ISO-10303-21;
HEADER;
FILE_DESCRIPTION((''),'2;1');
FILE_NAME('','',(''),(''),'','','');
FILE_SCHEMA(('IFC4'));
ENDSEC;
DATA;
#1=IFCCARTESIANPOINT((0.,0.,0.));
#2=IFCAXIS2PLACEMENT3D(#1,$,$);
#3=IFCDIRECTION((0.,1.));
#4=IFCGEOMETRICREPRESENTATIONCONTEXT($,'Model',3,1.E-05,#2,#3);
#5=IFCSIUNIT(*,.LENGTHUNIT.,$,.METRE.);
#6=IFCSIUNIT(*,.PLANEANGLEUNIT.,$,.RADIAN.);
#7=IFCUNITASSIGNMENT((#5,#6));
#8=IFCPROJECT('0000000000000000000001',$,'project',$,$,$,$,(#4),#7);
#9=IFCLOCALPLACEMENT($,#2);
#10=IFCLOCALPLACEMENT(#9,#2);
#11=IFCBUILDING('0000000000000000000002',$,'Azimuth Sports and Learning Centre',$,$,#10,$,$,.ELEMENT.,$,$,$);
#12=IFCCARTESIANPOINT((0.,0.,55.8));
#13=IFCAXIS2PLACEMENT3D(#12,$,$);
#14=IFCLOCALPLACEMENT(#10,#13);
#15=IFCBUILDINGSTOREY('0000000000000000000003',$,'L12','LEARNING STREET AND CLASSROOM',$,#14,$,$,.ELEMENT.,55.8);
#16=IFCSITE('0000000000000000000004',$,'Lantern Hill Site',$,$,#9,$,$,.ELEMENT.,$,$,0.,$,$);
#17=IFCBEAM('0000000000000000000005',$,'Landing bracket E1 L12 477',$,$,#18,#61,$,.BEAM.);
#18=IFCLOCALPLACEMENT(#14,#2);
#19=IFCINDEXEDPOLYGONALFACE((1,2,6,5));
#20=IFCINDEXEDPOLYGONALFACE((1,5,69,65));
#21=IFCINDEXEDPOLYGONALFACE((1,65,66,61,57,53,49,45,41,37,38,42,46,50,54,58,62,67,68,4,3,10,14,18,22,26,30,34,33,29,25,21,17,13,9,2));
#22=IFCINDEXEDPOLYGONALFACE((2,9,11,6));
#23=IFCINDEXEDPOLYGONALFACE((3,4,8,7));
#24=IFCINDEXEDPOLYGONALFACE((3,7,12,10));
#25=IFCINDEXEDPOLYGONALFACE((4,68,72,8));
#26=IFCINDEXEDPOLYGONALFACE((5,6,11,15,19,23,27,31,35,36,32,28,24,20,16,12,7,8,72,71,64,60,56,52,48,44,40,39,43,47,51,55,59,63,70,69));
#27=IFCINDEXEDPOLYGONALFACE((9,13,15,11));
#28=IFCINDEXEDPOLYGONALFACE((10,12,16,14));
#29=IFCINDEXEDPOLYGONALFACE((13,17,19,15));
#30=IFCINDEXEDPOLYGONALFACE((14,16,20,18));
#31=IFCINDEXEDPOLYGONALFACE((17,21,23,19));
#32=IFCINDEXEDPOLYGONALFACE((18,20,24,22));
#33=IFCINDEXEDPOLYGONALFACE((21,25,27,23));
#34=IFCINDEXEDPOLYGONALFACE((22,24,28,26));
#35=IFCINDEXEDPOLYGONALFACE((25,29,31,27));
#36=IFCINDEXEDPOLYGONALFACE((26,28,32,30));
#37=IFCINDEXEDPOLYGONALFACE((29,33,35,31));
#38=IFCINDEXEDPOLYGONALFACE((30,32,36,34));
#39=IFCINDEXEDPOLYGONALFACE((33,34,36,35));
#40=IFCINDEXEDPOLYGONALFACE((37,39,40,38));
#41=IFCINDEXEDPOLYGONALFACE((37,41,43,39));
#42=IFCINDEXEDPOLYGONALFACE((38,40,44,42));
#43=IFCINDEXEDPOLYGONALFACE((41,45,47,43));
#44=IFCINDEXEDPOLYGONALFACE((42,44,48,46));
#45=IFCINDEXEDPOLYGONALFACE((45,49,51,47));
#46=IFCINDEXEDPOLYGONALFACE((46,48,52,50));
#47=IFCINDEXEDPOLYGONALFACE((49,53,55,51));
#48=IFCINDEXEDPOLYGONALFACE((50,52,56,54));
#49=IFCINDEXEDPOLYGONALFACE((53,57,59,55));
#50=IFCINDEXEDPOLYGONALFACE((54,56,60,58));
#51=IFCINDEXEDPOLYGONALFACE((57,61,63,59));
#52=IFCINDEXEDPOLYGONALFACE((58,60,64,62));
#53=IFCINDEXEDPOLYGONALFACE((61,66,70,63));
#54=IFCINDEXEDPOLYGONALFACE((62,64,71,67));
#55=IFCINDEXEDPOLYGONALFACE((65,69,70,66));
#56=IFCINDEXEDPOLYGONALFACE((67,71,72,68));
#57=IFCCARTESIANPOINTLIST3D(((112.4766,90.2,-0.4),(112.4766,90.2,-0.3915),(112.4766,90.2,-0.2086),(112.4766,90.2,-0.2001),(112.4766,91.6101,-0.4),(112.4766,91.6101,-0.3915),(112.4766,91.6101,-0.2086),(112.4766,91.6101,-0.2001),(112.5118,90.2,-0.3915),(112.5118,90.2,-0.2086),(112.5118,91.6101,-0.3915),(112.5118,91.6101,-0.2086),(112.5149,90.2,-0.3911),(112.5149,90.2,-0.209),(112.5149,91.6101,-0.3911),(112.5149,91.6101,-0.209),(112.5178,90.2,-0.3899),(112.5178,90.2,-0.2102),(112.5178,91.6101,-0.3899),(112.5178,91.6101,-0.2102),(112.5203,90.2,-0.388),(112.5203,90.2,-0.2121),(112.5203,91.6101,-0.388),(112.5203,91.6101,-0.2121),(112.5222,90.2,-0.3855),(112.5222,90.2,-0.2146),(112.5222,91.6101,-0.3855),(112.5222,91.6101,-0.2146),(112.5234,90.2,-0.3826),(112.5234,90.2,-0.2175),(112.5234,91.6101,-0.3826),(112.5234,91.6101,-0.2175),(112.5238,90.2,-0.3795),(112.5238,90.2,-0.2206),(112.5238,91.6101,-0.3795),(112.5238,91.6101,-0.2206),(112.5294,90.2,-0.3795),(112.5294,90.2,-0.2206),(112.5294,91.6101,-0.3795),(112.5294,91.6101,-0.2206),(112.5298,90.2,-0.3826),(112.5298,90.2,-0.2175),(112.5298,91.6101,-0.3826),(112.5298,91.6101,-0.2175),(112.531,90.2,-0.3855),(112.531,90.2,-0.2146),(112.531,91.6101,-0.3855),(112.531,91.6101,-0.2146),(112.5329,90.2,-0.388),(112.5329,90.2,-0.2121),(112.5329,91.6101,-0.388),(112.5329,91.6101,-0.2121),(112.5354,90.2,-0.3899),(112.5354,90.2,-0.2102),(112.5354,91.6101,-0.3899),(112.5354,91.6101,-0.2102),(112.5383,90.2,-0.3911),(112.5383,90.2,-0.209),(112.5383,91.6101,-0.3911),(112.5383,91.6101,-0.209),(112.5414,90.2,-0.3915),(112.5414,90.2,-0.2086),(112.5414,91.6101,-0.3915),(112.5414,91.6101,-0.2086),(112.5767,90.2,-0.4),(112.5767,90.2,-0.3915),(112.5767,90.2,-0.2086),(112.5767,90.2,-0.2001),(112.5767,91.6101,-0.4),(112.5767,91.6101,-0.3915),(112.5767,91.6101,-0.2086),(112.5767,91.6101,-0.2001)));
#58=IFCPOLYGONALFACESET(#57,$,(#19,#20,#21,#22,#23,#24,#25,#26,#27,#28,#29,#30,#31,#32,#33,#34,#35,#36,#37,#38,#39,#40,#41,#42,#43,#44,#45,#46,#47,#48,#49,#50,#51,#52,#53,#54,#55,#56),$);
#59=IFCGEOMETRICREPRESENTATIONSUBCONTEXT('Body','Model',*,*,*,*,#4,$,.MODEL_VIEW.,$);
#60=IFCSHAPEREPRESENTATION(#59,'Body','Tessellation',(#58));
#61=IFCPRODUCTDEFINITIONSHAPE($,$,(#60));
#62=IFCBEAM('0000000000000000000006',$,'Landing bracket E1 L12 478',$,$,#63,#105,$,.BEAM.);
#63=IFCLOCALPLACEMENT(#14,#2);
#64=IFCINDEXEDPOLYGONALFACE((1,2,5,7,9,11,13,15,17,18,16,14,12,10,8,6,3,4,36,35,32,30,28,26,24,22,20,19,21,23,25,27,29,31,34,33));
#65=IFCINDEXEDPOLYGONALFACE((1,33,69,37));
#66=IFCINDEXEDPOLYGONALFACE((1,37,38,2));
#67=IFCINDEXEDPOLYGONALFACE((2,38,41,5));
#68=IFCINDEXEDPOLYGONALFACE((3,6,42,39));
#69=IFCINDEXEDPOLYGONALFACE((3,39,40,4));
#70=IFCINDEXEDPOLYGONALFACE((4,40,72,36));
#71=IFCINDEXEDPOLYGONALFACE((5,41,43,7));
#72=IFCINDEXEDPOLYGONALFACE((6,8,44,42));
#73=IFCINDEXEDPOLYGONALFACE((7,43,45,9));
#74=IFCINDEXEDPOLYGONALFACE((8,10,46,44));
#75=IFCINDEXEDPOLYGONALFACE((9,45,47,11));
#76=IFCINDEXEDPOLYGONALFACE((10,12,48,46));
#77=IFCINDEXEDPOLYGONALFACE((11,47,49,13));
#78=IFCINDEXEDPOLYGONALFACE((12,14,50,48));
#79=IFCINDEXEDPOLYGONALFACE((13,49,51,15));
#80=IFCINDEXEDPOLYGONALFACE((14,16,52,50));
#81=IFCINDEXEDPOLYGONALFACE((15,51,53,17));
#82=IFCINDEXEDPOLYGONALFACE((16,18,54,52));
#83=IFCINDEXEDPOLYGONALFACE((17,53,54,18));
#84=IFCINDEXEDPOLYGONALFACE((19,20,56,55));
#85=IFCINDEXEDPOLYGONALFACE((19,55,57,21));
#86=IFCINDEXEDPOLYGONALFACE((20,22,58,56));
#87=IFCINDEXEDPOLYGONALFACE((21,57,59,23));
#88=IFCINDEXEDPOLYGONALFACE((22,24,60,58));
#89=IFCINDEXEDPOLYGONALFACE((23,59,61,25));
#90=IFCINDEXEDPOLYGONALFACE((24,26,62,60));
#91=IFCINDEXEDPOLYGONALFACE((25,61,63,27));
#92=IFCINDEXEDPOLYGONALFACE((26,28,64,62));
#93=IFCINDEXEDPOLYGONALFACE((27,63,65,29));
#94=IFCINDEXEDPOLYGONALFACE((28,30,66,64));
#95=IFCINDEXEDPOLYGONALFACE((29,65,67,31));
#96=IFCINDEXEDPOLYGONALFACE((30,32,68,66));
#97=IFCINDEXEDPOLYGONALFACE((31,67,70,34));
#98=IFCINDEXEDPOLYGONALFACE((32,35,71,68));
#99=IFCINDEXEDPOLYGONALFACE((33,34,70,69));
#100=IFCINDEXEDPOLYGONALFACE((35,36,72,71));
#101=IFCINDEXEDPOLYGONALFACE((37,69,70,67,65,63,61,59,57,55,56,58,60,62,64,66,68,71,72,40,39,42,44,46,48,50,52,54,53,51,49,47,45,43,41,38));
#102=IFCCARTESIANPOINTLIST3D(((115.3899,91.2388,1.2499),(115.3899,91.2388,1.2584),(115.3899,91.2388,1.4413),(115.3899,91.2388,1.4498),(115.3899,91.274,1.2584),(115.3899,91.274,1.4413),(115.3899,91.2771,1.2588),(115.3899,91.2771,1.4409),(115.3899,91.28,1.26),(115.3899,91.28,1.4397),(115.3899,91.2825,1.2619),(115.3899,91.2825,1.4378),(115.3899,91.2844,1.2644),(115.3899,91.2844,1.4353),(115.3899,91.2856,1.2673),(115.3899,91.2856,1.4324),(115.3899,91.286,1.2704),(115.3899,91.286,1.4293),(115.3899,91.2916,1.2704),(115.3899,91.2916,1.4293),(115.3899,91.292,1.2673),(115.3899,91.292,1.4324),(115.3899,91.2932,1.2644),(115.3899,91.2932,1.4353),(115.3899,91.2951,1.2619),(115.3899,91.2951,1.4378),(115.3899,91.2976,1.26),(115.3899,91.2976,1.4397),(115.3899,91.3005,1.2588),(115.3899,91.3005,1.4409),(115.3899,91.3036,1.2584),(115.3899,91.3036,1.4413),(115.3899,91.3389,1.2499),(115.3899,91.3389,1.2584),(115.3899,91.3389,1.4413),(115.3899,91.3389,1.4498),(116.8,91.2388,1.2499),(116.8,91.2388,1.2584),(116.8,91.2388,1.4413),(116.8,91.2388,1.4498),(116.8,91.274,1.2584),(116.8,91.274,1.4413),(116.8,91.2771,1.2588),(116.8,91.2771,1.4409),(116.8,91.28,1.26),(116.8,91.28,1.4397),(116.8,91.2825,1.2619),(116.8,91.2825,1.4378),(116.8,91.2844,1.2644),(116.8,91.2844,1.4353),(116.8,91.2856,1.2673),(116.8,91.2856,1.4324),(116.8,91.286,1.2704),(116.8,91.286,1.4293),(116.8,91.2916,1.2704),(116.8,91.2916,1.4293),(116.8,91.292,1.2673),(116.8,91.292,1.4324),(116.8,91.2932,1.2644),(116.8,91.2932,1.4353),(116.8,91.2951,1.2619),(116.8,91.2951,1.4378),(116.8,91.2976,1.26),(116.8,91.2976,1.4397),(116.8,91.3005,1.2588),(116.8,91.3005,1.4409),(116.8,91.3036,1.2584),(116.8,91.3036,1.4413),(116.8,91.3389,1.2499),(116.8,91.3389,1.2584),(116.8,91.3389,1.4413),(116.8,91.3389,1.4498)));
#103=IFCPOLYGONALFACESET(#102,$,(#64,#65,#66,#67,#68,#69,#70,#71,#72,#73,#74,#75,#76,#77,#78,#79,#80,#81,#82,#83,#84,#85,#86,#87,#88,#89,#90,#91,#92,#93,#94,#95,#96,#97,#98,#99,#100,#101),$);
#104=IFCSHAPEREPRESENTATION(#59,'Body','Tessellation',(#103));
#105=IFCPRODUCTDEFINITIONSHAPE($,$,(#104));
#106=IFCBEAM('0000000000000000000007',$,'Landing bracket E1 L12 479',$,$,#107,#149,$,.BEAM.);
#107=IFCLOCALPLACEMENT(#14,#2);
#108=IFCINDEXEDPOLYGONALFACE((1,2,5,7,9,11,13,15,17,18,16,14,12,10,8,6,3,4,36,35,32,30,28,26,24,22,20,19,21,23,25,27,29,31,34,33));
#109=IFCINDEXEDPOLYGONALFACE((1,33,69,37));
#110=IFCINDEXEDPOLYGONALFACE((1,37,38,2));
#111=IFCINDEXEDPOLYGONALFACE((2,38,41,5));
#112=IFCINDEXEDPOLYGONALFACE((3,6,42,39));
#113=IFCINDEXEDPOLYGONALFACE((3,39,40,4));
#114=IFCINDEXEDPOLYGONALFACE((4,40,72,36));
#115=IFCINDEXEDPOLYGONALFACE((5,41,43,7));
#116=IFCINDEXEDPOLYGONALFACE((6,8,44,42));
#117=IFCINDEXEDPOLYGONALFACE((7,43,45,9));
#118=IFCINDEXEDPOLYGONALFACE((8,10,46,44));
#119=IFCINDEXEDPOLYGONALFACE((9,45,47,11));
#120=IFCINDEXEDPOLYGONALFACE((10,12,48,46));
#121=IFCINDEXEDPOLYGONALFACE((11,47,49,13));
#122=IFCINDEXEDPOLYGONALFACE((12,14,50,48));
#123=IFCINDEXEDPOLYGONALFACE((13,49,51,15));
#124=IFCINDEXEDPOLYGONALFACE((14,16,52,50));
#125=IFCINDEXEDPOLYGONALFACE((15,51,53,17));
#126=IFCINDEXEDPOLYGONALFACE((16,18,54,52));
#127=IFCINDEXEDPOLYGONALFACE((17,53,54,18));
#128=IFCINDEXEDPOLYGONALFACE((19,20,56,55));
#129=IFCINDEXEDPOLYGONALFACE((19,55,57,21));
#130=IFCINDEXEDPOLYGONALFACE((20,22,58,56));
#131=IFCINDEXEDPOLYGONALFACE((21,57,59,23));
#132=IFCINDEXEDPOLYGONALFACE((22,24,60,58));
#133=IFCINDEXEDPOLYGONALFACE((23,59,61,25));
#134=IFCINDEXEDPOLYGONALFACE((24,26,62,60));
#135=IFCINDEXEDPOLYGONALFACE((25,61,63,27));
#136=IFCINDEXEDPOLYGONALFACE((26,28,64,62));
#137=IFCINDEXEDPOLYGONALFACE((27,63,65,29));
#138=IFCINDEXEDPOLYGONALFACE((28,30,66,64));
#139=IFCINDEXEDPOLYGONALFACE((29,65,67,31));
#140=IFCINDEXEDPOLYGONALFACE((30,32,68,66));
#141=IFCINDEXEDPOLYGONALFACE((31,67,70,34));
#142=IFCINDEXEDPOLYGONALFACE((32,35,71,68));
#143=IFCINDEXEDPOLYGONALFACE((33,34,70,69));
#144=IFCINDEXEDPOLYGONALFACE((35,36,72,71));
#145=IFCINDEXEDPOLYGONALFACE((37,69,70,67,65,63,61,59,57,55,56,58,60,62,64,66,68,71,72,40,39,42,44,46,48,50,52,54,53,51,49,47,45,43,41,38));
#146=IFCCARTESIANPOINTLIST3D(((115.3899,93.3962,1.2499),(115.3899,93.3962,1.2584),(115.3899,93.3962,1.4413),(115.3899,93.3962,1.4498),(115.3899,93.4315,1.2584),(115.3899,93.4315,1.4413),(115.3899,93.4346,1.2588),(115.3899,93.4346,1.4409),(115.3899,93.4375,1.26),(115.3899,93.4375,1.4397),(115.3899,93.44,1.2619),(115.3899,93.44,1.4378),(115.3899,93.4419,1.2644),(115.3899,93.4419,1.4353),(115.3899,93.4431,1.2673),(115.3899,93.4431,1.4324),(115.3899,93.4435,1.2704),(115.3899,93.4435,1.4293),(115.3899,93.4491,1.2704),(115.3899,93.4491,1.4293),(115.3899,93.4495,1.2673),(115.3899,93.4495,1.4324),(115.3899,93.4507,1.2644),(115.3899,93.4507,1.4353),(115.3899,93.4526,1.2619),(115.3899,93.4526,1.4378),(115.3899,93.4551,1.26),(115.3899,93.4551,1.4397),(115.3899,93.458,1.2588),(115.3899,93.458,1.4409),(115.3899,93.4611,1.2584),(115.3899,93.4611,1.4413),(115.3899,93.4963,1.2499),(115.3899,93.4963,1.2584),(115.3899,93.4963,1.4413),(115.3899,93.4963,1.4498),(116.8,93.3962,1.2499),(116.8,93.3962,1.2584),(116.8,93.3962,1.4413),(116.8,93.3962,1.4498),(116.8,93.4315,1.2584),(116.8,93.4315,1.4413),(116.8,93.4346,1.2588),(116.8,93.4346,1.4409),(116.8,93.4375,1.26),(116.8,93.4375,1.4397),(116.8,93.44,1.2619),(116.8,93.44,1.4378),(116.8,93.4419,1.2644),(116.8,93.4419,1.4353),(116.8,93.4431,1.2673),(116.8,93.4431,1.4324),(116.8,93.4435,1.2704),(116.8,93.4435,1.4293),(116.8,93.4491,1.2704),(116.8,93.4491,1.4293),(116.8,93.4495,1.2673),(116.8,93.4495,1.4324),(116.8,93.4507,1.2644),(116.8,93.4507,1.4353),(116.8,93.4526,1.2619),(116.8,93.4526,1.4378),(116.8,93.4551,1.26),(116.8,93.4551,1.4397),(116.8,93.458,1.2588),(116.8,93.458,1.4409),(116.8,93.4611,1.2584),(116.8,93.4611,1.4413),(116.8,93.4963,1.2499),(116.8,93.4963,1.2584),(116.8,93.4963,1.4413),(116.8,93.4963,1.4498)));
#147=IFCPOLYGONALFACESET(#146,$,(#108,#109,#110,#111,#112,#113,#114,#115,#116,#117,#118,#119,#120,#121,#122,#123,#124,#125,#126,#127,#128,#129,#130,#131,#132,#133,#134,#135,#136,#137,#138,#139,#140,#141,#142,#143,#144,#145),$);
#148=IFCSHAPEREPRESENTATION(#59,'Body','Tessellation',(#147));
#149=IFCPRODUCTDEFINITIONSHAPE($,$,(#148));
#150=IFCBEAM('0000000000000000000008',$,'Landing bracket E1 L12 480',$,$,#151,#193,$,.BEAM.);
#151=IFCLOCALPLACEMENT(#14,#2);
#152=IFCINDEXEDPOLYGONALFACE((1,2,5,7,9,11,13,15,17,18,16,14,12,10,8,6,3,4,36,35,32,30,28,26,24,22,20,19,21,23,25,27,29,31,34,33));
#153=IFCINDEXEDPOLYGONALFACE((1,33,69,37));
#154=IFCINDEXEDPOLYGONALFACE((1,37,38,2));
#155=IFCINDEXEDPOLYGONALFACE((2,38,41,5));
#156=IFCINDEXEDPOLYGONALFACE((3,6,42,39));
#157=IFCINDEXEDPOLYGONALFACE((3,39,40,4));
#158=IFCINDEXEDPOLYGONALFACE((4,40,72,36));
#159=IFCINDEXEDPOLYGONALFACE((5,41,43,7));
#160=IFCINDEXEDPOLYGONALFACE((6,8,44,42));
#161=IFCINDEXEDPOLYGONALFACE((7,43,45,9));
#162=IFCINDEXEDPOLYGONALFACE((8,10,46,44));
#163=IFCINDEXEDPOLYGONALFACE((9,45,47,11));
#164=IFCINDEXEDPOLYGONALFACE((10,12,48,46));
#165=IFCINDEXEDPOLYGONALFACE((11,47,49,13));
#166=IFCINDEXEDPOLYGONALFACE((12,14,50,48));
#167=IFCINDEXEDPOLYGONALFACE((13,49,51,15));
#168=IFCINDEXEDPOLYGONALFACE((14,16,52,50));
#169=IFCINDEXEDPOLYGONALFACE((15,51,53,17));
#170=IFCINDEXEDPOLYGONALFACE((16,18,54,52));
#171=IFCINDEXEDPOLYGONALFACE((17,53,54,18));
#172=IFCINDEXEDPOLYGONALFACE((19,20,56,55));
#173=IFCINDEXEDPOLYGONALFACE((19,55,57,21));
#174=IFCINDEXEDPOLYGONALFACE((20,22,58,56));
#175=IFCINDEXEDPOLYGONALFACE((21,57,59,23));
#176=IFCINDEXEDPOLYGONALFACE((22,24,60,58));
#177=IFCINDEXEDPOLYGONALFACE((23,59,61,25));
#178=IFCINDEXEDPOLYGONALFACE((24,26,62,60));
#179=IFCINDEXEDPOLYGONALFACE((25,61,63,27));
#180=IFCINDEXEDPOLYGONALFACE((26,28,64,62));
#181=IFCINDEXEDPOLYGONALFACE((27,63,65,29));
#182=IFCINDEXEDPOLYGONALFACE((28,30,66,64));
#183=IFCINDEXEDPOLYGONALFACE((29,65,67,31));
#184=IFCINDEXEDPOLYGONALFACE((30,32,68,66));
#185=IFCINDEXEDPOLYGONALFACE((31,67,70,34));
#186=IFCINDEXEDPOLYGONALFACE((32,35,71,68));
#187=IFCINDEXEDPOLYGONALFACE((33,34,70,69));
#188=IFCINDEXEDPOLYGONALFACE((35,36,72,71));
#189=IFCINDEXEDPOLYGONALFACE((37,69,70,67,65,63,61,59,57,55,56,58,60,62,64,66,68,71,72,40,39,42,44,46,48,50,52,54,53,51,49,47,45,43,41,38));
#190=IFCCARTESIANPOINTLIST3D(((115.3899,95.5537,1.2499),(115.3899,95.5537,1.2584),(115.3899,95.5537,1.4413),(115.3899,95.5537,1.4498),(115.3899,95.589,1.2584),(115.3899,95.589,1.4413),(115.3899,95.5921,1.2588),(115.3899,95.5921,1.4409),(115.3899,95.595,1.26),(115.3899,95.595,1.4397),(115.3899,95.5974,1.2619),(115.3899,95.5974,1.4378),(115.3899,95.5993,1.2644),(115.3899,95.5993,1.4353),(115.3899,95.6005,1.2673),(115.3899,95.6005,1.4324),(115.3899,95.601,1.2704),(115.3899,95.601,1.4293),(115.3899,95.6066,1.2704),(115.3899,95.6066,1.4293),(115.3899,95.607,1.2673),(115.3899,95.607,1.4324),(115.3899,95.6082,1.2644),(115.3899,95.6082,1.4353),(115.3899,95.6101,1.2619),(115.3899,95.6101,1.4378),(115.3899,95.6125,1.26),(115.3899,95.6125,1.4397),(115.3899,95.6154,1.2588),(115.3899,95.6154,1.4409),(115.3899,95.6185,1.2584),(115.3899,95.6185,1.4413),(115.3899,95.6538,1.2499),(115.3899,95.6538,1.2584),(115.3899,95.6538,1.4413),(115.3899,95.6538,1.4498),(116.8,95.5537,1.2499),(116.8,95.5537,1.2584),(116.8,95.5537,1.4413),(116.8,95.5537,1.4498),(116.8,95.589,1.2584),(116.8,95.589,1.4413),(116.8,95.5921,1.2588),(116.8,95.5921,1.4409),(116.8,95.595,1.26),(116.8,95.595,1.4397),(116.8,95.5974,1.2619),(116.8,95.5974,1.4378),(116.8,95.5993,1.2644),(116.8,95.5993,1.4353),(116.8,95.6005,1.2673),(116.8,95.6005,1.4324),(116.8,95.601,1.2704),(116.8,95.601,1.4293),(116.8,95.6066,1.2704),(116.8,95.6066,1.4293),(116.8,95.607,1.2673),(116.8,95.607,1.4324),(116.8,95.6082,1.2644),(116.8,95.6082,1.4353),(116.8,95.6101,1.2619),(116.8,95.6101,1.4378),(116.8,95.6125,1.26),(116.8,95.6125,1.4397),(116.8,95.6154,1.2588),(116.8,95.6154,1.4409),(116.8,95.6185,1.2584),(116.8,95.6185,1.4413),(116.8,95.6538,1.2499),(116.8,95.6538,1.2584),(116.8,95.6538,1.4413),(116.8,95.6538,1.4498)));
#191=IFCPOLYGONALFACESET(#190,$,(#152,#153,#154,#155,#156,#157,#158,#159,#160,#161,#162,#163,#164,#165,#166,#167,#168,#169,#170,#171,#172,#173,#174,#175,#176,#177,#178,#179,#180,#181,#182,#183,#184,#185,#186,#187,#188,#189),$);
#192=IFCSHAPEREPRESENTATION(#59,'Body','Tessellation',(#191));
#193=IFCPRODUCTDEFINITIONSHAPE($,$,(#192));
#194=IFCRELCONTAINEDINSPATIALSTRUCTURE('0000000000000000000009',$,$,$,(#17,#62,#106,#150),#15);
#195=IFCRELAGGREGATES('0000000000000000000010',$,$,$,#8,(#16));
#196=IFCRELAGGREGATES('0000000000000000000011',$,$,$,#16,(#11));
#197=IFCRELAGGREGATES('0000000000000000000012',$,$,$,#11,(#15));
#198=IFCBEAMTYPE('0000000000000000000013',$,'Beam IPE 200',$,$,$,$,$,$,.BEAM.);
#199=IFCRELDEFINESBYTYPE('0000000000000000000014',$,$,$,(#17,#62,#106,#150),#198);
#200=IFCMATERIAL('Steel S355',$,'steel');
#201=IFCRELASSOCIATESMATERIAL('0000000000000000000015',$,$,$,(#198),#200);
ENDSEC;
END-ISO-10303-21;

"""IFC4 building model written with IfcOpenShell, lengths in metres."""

from ifc_helpers import new_model, si_unit, direction, frame, origin, origin_2d, place, context, subcontext, project, spatial, i_section, extrude, material, material_profile, profile_set, type_object, element, save


model = new_model("IFC4")

# Units and contexts
model_context = context("Model", 3, precision=1e-05, world=origin(), true_north=direction((0.0, 1.0)))
body_context = subcontext(model_context, "Body", "Model", "MODEL_VIEW")
ifc_project = project(units=[si_unit("LENGTHUNIT", "METRE"), si_unit("PLANEANGLEUNIT", "RADIAN")], contexts=[model_context])

# Site, building, storey
site_placement = place(None, origin())
site = spatial("IfcSite", under=ifc_project, at=site_placement, Name="Lantern Hill Site", CompositionType="ELEMENT", RefElevation=0.0)
building_placement = place(site_placement, origin())
building = spatial("IfcBuilding", under=site, at=building_placement, Name="Azimuth Sports and Learning Centre", CompositionType="ELEMENT")
storey_placement = place(building_placement, frame((0.0, 0.0, 55.8)))
storey = spatial("IfcBuildingStorey", under=building, at=storey_placement, Name="L12", Description="LEARNING STREET AND CLASSROOM", CompositionType="ELEMENT", Elevation=55.8)

# Beams
ifc_material_1 = material(Name="Steel S355", Category="steel")
ifc_material_profile = material_profile(ifc_material_1, i_section(OverallWidth=0.1001, OverallDepth=0.2, WebThickness=0.0056, FlangeThickness=0.0085, FilletRadius=0.012, at=origin_2d()), Name="IPE 200")
ifc_profile_set = profile_set([ifc_material_profile], Name="Steel S355")
beam_type = type_object("IfcBeamType", Name="Beam IPE 200", PredefinedType="BEAM", material=ifc_profile_set)
for number, where, z_axis, x_axis, name in (
    (1, (112.5266, 90.2, -0.3), (0.0, 1.0, 0.0), (-1.0, 0.0, 0.0), "Landing bracket E1 L12 477"),
    (2, (116.8, 91.2888, 1.3499), (-1.0, 0.0, 0.0), (0.0, -1.0, 0.0), "Landing bracket E1 L12 478"),
    (3, (116.8, 93.4463, 1.3499), (-1.0, 0.0, 0.0), (0.0, -1.0, 0.0), "Landing bracket E1 L12 479"),
    (4, (116.8, 95.6038, 1.3499), (-1.0, 0.0, 0.0), (0.0, -1.0, 0.0), "Landing bracket E1 L12 480"),
):
    element("IfcBeam", number, at=place(storey_placement, frame(where, z_axis=z_axis, x_axis=x_axis)), inside=storey, type_object=beam_type, Name=name, PredefinedType="BEAM", context=body_context, shape_type="SweptSolid", body=[
        extrude(i_section(OverallWidth=0.1001, OverallDepth=0.2, WebThickness=0.0056, FlangeThickness=0.0085, FilletRadius=0.012, at=origin_2d()), origin(), (0.0, 0.0, 1.0), 1.4102),
    ])

save(model, "model.ifc")
